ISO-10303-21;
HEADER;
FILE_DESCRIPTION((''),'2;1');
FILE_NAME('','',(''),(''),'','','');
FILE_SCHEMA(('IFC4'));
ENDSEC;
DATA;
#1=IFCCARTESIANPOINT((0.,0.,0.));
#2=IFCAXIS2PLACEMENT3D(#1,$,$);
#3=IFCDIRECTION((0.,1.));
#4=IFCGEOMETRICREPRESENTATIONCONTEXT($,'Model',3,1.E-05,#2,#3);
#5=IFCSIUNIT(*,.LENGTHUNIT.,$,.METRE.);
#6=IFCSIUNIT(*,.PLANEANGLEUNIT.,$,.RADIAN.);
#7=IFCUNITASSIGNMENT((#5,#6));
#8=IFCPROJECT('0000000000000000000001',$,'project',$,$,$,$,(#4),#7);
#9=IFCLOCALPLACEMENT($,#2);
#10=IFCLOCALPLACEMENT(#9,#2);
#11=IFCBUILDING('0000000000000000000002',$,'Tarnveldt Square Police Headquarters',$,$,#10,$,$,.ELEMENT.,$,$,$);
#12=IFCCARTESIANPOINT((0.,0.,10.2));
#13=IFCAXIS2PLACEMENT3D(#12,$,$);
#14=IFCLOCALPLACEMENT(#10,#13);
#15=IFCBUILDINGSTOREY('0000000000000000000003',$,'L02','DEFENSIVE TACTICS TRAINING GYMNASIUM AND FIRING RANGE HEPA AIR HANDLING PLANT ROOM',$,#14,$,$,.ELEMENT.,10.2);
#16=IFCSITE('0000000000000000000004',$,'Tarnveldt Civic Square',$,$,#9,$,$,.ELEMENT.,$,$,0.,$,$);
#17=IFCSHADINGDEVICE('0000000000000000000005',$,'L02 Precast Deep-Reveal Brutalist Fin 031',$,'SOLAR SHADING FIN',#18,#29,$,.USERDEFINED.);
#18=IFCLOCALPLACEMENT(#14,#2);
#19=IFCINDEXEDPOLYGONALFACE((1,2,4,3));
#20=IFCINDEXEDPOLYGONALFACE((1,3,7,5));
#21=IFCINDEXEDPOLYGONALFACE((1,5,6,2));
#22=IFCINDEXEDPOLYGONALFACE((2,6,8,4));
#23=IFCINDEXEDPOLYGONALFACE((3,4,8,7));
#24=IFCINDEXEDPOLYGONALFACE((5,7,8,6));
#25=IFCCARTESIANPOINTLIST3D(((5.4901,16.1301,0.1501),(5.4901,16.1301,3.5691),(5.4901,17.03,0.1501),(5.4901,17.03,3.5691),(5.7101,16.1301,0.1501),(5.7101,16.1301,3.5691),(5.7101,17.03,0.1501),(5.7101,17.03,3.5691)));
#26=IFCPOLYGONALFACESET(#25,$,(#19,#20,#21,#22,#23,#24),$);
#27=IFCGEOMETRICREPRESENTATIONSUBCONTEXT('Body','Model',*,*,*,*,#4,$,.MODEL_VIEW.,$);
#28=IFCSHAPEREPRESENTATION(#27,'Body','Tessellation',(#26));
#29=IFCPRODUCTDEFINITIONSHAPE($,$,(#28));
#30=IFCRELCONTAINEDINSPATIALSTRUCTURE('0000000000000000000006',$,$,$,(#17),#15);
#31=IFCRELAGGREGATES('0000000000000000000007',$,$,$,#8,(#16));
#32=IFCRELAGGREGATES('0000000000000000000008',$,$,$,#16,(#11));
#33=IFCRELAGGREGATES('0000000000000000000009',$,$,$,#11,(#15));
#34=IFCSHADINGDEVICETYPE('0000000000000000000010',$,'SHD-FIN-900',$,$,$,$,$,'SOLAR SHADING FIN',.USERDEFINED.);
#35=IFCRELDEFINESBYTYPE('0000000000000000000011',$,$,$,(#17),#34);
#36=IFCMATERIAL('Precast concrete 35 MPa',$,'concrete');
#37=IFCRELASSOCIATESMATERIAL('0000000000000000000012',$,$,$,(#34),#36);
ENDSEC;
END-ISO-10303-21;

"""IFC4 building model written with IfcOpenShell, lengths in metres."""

from ifc_helpers import new_model, si_unit, direction, frame, origin, origin_2d, place, context, subcontext, project, spatial, rectangle, extrude, material, material_profile, profile_set, type_object, element, save


model = new_model("IFC4")

# Units and contexts
model_context = context("Model", 3, precision=1e-05, world=origin(), true_north=direction((0.0, 1.0)))
body_context = subcontext(model_context, "Body", "Model", "MODEL_VIEW")
ifc_project = project(units=[si_unit("LENGTHUNIT", "METRE"), si_unit("PLANEANGLEUNIT", "RADIAN")], contexts=[model_context])

# Site, building, storey
site_placement = place(None, origin())
site = spatial("IfcSite", under=ifc_project, at=site_placement, Name="Tarnveldt Civic Square", CompositionType="ELEMENT", RefElevation=0.0)
building_placement = place(site_placement, origin())
building = spatial("IfcBuilding", under=site, at=building_placement, Name="Tarnveldt Square Police Headquarters", CompositionType="ELEMENT")
storey_placement = place(building_placement, frame((0.0, 0.0, 10.2)))
storey = spatial("IfcBuildingStorey", under=building, at=storey_placement, Name="L02", Description="DEFENSIVE TACTICS TRAINING GYMNASIUM AND FIRING RANGE HEPA AIR HANDLING PLANT ROOM", CompositionType="ELEMENT", Elevation=10.2)

# Shared definitions
ifc_material_1 = material(Name="Precast concrete 35 MPa", Category="concrete")

# Shading device
ifc_material_profile_1 = material_profile(ifc_material_1, rectangle(XDim=0.22, YDim=0.8999, at=origin_2d()), Name="PC-FIN220x900")
ifc_profile_set_1 = profile_set([ifc_material_profile_1], Name="Precast concrete 35 MPa")
shading_device_type = type_object("IfcShadingDeviceType", Name="SHD-FIN-900", ElementType="SOLAR SHADING FIN", PredefinedType="USERDEFINED", material=ifc_profile_set_1)
shading_device_1_placement = place(storey_placement, frame((5.6001, 16.5801, 0.1501), z_axis=(0.0, 0.0, 1.0), x_axis=(-1.0, 0.0, 0.0)))
element("IfcShadingDevice", 1, at=shading_device_1_placement, inside=storey, type_object=shading_device_type, Name="L02 Precast Deep-Reveal Brutalist Fin 031", ObjectType="SOLAR SHADING FIN", PredefinedType="USERDEFINED", context=body_context, shape_type="SweptSolid", body=[
    extrude(rectangle(XDim=0.22, YDim=0.8999, at=origin_2d()), origin(), (0.0, 0.0, 1.0), 3.4189),
])

save(model, "model.ifc")
